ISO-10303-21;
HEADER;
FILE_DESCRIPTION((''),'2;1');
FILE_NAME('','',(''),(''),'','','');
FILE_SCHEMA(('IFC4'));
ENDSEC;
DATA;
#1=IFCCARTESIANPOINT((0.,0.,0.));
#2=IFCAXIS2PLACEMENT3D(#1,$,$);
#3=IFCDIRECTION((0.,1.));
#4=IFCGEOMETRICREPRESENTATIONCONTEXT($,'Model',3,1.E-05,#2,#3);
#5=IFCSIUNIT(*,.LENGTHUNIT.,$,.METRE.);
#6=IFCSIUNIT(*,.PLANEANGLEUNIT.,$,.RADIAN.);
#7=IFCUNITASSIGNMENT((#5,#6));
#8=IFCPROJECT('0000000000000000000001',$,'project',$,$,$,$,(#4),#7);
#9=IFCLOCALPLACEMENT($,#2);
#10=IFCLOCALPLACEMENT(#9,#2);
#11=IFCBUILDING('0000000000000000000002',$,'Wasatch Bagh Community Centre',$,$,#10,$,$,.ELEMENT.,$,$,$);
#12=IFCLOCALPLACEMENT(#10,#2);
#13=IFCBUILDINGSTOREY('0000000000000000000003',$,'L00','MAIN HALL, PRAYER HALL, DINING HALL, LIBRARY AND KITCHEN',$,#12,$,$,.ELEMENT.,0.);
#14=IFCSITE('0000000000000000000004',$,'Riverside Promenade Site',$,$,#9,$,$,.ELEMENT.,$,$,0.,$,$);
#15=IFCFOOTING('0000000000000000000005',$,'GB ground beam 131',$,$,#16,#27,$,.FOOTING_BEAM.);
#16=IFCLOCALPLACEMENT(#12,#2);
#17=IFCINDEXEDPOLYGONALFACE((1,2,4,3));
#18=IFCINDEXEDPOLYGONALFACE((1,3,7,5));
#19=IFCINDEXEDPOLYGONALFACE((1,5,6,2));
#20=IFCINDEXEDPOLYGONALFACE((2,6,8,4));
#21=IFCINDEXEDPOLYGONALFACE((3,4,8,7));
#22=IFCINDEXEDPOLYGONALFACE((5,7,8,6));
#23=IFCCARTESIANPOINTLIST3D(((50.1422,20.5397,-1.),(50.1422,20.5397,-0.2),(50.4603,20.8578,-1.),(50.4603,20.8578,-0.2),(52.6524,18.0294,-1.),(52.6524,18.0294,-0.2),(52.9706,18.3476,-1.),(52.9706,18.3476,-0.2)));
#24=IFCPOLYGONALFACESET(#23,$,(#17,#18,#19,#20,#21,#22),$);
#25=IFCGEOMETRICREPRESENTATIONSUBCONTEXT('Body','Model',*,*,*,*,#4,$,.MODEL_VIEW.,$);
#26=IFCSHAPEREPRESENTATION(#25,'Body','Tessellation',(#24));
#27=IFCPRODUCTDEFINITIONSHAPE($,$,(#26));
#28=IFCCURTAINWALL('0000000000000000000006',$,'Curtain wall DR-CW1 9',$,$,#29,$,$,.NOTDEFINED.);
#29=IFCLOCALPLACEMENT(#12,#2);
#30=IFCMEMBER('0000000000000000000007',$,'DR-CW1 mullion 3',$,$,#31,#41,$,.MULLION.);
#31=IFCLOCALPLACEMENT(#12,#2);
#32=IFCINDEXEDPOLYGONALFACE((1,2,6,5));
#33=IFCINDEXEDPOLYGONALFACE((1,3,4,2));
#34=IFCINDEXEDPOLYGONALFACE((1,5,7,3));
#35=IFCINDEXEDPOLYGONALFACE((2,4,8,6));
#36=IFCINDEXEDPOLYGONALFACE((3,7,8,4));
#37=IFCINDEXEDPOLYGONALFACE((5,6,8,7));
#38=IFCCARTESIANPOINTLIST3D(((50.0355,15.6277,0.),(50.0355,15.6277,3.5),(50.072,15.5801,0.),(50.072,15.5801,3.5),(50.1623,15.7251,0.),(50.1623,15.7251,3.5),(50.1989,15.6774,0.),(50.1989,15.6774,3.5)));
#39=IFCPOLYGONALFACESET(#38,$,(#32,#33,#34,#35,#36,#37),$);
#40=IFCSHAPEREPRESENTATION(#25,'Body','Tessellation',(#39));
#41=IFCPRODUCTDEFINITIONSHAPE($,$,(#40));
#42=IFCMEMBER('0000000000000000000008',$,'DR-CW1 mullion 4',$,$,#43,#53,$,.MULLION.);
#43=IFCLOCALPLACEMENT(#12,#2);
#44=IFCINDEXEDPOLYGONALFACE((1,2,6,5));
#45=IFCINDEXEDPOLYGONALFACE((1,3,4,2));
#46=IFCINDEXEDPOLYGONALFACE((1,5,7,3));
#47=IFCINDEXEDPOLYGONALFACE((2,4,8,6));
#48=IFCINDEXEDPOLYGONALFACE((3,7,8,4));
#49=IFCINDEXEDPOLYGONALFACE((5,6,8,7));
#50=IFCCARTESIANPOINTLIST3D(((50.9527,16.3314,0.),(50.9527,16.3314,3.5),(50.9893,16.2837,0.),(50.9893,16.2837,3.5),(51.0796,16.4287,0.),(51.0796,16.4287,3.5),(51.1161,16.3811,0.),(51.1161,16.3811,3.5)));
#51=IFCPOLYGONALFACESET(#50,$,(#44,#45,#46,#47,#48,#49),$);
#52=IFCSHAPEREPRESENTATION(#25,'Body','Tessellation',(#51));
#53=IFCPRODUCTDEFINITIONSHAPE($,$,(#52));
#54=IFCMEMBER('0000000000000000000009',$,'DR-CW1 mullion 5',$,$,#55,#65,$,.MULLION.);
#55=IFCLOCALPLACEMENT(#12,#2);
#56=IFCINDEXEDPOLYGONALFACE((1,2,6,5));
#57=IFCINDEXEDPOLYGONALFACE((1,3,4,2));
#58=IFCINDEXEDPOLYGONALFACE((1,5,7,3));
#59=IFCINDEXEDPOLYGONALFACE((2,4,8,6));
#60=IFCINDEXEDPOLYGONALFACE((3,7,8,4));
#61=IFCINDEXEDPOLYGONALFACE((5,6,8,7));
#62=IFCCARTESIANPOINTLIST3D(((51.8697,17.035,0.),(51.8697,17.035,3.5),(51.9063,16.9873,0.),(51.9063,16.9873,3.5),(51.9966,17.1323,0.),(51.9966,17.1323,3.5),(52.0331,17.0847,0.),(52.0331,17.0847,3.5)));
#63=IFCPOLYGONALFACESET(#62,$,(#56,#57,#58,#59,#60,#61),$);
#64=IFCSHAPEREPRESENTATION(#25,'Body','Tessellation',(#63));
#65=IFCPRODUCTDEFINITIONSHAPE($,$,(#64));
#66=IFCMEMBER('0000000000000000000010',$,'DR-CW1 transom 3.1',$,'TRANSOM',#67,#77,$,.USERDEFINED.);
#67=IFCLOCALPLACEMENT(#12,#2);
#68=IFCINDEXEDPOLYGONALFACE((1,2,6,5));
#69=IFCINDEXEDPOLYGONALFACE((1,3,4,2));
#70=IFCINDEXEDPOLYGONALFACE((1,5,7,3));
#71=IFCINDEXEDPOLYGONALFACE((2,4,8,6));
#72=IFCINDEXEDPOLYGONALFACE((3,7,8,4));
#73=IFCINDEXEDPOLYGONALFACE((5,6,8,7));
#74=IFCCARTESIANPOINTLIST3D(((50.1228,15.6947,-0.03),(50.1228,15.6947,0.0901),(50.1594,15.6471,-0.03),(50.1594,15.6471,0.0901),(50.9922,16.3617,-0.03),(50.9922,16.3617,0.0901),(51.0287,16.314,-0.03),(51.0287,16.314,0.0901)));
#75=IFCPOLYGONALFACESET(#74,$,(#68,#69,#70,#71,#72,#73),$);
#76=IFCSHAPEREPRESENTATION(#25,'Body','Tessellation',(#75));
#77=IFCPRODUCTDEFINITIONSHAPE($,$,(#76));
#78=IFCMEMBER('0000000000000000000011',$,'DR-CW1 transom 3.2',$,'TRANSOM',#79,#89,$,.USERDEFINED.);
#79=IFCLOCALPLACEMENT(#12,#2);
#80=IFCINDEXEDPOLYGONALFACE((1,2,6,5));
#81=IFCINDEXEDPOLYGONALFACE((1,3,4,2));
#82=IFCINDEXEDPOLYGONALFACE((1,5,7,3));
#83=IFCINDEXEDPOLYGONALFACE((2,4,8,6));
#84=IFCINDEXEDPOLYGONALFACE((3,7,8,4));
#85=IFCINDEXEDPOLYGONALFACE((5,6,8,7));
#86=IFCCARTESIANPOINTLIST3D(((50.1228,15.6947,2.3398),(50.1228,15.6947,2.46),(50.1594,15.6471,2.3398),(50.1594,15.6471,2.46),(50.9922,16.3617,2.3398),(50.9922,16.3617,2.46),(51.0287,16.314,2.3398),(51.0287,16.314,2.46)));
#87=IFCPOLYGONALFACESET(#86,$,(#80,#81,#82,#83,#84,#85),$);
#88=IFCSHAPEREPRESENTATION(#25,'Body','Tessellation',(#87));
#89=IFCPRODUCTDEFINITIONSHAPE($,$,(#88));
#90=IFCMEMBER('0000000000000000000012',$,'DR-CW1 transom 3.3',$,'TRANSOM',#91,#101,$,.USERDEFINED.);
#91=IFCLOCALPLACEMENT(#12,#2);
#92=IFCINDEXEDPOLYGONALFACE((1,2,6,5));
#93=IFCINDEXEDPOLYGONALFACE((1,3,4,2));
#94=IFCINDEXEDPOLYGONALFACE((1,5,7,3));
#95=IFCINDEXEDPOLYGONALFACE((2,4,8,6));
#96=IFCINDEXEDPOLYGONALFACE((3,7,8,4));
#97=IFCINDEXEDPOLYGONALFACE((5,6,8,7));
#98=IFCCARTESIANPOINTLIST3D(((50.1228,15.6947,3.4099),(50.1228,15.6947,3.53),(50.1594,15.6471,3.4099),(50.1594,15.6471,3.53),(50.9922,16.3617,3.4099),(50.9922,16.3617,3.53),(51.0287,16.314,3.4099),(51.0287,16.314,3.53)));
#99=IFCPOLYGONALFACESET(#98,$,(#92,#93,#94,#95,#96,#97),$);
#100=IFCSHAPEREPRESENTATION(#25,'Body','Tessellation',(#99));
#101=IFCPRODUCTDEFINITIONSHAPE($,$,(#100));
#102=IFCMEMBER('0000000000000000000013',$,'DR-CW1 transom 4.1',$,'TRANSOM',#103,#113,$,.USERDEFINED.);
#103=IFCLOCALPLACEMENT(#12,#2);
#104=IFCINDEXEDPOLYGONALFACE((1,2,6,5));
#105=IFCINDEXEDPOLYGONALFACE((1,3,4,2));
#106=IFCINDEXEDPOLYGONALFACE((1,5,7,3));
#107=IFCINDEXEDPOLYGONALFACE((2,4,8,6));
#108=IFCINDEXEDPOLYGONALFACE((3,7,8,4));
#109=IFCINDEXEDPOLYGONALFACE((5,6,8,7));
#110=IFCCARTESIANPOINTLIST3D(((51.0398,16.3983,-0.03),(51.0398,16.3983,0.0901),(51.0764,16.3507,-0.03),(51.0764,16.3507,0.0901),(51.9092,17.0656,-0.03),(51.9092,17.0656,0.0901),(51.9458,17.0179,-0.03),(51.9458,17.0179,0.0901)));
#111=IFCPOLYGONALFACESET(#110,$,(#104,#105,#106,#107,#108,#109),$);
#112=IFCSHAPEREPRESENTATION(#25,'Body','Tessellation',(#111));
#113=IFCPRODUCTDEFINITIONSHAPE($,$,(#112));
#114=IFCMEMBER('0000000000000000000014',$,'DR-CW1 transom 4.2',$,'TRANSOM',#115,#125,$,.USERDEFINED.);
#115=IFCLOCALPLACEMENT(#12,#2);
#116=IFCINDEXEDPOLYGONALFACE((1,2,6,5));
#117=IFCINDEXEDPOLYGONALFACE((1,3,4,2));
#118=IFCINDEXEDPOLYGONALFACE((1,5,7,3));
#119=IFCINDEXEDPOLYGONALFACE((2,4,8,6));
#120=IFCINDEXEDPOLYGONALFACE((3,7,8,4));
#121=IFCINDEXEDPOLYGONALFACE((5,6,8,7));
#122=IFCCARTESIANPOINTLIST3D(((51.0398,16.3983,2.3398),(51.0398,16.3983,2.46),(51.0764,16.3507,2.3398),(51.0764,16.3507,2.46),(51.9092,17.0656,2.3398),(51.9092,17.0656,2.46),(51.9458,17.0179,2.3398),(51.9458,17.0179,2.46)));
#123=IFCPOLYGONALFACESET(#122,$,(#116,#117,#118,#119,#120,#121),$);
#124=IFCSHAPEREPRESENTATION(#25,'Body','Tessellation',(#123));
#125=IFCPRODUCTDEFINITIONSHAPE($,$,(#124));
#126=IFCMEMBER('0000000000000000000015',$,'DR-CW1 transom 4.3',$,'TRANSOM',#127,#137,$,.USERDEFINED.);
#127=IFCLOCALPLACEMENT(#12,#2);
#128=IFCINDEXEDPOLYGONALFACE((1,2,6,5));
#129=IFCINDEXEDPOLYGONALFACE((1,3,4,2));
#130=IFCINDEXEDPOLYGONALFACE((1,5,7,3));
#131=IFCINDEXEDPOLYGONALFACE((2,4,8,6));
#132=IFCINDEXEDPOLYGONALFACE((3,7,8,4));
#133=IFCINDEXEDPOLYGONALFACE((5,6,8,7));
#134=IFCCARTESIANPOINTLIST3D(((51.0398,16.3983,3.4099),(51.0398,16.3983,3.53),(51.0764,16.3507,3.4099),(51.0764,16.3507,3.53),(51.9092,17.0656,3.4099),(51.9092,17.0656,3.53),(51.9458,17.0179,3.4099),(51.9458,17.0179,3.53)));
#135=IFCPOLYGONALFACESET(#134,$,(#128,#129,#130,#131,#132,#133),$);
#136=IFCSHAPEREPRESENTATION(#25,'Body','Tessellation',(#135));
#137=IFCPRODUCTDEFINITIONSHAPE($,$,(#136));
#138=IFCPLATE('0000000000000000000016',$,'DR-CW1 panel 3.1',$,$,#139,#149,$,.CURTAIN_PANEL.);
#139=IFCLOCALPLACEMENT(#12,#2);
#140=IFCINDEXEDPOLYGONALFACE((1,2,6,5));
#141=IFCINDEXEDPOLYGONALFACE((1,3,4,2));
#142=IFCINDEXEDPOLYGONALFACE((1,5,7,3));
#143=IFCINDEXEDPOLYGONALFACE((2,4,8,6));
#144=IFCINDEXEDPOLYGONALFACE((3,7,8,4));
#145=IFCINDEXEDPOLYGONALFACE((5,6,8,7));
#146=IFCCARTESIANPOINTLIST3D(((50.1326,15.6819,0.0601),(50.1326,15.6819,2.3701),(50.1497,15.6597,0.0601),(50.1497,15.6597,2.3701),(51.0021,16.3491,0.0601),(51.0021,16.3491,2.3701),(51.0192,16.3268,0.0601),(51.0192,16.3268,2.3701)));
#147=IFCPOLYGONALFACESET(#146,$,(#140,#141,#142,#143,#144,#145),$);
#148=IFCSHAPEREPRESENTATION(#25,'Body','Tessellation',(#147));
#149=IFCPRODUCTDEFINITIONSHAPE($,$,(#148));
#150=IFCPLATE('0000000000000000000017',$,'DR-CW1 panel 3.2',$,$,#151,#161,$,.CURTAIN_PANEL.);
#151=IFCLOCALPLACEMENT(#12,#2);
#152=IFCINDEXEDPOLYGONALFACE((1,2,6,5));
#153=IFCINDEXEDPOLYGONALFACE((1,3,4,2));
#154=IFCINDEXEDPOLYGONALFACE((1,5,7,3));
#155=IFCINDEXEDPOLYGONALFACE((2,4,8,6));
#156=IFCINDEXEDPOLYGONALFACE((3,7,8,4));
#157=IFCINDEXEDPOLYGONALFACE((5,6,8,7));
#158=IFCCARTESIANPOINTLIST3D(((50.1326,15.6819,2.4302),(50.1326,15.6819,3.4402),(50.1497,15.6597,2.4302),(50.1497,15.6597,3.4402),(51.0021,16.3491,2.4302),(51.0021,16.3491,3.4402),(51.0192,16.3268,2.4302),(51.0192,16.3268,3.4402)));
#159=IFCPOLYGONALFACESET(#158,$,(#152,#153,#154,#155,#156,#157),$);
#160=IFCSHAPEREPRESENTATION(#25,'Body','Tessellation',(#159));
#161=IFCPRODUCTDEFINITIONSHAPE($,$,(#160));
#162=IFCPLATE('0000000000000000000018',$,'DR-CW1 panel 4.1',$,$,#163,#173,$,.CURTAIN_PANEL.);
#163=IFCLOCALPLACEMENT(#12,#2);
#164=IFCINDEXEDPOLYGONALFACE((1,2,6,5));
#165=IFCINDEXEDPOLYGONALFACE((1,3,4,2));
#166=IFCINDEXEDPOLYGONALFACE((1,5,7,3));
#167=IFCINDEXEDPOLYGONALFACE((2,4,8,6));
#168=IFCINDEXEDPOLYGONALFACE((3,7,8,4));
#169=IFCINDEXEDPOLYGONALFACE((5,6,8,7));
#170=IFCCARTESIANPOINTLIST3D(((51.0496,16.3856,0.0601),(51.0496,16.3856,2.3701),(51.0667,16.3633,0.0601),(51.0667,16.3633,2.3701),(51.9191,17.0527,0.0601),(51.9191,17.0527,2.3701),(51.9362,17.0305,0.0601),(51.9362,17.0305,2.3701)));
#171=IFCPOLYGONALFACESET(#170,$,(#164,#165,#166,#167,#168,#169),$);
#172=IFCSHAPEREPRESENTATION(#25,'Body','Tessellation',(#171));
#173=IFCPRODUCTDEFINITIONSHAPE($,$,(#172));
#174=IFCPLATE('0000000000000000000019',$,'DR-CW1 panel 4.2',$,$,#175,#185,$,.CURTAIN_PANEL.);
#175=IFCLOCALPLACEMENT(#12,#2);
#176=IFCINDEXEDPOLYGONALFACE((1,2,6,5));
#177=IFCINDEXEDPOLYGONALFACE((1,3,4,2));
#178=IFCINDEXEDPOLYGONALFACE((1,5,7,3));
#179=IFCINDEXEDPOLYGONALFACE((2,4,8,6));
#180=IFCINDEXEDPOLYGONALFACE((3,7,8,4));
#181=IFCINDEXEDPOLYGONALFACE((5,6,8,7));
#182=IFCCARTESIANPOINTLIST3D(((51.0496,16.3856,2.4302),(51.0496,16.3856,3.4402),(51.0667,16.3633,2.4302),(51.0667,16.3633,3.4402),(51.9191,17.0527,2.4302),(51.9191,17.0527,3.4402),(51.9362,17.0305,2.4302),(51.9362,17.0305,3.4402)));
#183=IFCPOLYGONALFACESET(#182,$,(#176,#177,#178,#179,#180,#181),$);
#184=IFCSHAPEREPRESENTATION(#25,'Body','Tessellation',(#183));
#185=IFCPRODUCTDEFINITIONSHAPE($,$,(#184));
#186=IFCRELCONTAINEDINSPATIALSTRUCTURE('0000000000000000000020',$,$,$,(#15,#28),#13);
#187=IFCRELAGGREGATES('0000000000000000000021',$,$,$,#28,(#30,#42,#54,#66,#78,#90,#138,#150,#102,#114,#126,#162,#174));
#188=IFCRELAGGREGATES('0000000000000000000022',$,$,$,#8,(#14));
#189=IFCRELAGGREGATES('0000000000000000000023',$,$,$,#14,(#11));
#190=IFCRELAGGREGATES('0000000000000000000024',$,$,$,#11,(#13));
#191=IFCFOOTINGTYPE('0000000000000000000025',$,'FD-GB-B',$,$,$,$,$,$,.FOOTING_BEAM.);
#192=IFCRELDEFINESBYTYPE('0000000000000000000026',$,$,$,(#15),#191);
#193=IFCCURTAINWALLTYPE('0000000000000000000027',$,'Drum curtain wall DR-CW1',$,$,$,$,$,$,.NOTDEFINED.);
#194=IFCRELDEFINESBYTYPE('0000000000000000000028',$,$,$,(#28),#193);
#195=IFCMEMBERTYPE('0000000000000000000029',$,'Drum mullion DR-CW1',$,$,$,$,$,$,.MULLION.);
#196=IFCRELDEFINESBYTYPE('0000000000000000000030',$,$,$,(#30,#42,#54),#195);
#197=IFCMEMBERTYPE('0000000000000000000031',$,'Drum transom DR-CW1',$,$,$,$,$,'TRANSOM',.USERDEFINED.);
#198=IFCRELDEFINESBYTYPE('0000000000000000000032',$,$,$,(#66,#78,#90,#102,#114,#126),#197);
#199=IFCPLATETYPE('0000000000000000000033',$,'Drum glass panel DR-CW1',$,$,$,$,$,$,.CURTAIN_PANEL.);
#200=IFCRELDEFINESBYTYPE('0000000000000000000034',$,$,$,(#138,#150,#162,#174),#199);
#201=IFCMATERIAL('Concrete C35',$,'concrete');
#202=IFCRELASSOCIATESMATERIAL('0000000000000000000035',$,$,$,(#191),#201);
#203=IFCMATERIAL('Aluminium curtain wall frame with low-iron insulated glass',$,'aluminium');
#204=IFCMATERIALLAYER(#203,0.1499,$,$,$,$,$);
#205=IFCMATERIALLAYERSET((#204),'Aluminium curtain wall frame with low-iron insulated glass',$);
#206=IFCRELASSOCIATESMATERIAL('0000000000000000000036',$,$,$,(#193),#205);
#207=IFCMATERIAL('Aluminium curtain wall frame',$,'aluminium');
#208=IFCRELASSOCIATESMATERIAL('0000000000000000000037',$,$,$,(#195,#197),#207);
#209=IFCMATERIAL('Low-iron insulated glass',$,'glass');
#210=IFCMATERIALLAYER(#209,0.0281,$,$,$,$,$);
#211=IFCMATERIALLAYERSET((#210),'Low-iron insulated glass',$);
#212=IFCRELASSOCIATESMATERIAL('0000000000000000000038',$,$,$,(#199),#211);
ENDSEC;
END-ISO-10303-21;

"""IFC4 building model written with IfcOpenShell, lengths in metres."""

from ifc_helpers import new_model, si_unit, direction, frame, origin, origin_2d, place, context, subcontext, project, spatial, rectangle, extrude, material, layer, layer_set, material_profile, profile_set, type_object, element, aggregate, save


model = new_model("IFC4")

# Units and contexts
model_context = context("Model", 3, precision=1e-05, world=origin(), true_north=direction((0.0, 1.0)))
body_context = subcontext(model_context, "Body", "Model", "MODEL_VIEW")
ifc_project = project(units=[si_unit("LENGTHUNIT", "METRE"), si_unit("PLANEANGLEUNIT", "RADIAN")], contexts=[model_context])

# Site, building, storey
site_placement = place(None, origin())
site = spatial("IfcSite", under=ifc_project, at=site_placement, Name="Riverside Promenade Site", CompositionType="ELEMENT", RefElevation=0.0)
building_placement = place(site_placement, origin())
building = spatial("IfcBuilding", under=site, at=building_placement, Name="Wasatch Bagh Community Centre", CompositionType="ELEMENT")
storey_placement = place(building_placement, origin())
storey = spatial("IfcBuildingStorey", under=building, at=storey_placement, Name="L00", Description="MAIN HALL, PRAYER HALL, DINING HALL, LIBRARY AND KITCHEN", CompositionType="ELEMENT", Elevation=0.0)

# Footing
ifc_material_1 = material(Name="Concrete C35", Category="concrete")
footing_type = type_object("IfcFootingType", Name="FD-GB-B", PredefinedType="FOOTING_BEAM", material=ifc_material_1)
footing_placement = place(storey_placement, frame((51.5564, 19.4436, -1.0), z_axis=(0.0, 0.0, 1.0), x_axis=(0.707107, -0.707107, 0.0)))
element("IfcFooting", 1, at=footing_placement, inside=storey, type_object=footing_type, Name="GB ground beam 131", PredefinedType="FOOTING_BEAM", context=body_context, shape_type="SweptSolid", body=[
    extrude(rectangle(XDim=3.55, YDim=0.45, at=origin_2d()), origin(), (0.0, 0.0, 1.0), 0.8),
])

# Curtain wall, members, plates
ifc_material_2 = material(Name="Aluminium curtain wall frame with low-iron insulated glass", Category="aluminium")
ifc_layer_1 = layer(ifc_material_2, 0.1499)
ifc_layer_set_1 = layer_set([ifc_layer_1], Name="Aluminium curtain wall frame with low-iron insulated glass")
curtain_wall_type = type_object("IfcCurtainWallType", Name="Drum curtain wall DR-CW1", PredefinedType="NOTDEFINED", material=ifc_layer_set_1)
curtain_wall_placement = place(storey_placement, origin())
curtain_wall = element("IfcCurtainWall", 2, at=curtain_wall_placement, inside=storey, type_object=curtain_wall_type, Name="Curtain wall DR-CW1 9", PredefinedType="NOTDEFINED")
ifc_material_3 = material(Name="Aluminium curtain wall frame", Category="aluminium")
ifc_material_profile_1 = material_profile(ifc_material_3, rectangle(XDim=0.0601, YDim=0.1599, at=origin_2d()), Name="Drum mullion DR-CW1")
ifc_profile_set_1 = profile_set([ifc_material_profile_1], Name="Aluminium curtain wall frame")
member_type_1 = type_object("IfcMemberType", Name="Drum mullion DR-CW1", PredefinedType="MULLION", material=ifc_profile_set_1)
member_1_placement = place(storey_placement, frame((50.1172, 15.6526, 0.0), z_axis=(0.0, 0.0, 1.0), x_axis=(-0.608761, 0.793353, 0.0)))
member_1 = element("IfcMember", 3, at=member_1_placement, type_object=member_type_1, Name="DR-CW1 mullion 3", PredefinedType="MULLION", context=body_context, shape_type="SweptSolid", body=[
    extrude(rectangle(XDim=0.0601, YDim=0.1599, at=origin_2d()), origin(), (0.0, 0.0, 1.0), 3.5),
])
member_2_placement = place(storey_placement, frame((51.0344, 16.3562, 0.0), z_axis=(0.0, 0.0, 1.0), x_axis=(-0.608761, 0.793353, 0.0)))
member_2 = element("IfcMember", 4, at=member_2_placement, type_object=member_type_1, Name="DR-CW1 mullion 4", PredefinedType="MULLION", context=body_context, shape_type="SweptSolid", body=[
    extrude(rectangle(XDim=0.0601, YDim=0.1599, at=origin_2d()), origin(), (0.0, 0.0, 1.0), 3.5),
])
member_3_placement = place(storey_placement, frame((51.9514, 17.0598, 0.0), z_axis=(0.0, 0.0, 1.0), x_axis=(-0.608761, 0.793353, 0.0)))
member_3 = element("IfcMember", 5, at=member_3_placement, type_object=member_type_1, Name="DR-CW1 mullion 5", PredefinedType="MULLION", context=body_context, shape_type="SweptSolid", body=[
    extrude(rectangle(XDim=0.0601, YDim=0.1599, at=origin_2d()), origin(), (0.0, 0.0, 1.0), 3.5),
])
ifc_material_profile_2 = material_profile(ifc_material_3, rectangle(XDim=0.0601, YDim=0.1201, at=origin_2d()), Name="Drum transom DR-CW1")
ifc_profile_set_2 = profile_set([ifc_material_profile_2], Name="Aluminium curtain wall frame")
member_type_2 = type_object("IfcMemberType", Name="Drum transom DR-CW1", ElementType="TRANSOM", PredefinedType="USERDEFINED", material=ifc_profile_set_2)
member_4_placement = place(storey_placement, frame((50.1411, 15.6709, 0.03), z_axis=(0.793402, 0.608698, 0.0), x_axis=(-0.608698, 0.793402, 0.0)))
member_4 = element("IfcMember", 6, at=member_4_placement, type_object=member_type_2, Name="DR-CW1 transom 3.1", ObjectType="TRANSOM", PredefinedType="USERDEFINED", context=body_context, shape_type="SweptSolid", body=[
    extrude(rectangle(XDim=0.0601, YDim=0.1201, at=origin_2d()), origin(), (0.0, 0.0, 1.0), 1.0957),
])
member_5_placement = place(storey_placement, frame((50.1411, 15.6709, 2.3999), z_axis=(0.793402, 0.608698, 0.0), x_axis=(-0.608698, 0.793402, 0.0)))
member_5 = element("IfcMember", 7, at=member_5_placement, type_object=member_type_2, Name="DR-CW1 transom 3.2", ObjectType="TRANSOM", PredefinedType="USERDEFINED", context=body_context, shape_type="SweptSolid", body=[
    extrude(rectangle(XDim=0.0601, YDim=0.1201, at=origin_2d()), origin(), (0.0, 0.0, 1.0), 1.0957),
])
member_6_placement = place(storey_placement, frame((50.1411, 15.6709, 3.47), z_axis=(0.793402, 0.608698, 0.0), x_axis=(-0.608698, 0.793402, 0.0)))
member_6 = element("IfcMember", 8, at=member_6_placement, type_object=member_type_2, Name="DR-CW1 transom 3.3", ObjectType="TRANSOM", PredefinedType="USERDEFINED", context=body_context, shape_type="SweptSolid", body=[
    extrude(rectangle(XDim=0.0601, YDim=0.1201, at=origin_2d()), origin(), (0.0, 0.0, 1.0), 1.0957),
])
member_7_placement = place(storey_placement, frame((51.0581, 16.3745, 0.03), z_axis=(0.793294, 0.608838, 0.0), x_axis=(-0.608838, 0.793294, 0.0)))
member_7 = element("IfcMember", 9, at=member_7_placement, type_object=member_type_2, Name="DR-CW1 transom 4.1", ObjectType="TRANSOM", PredefinedType="USERDEFINED", context=body_context, shape_type="SweptSolid", body=[
    extrude(rectangle(XDim=0.0601, YDim=0.1201, at=origin_2d()), origin(), (0.0, 0.0, 1.0), 1.0959),
])
member_8_placement = place(storey_placement, frame((51.0581, 16.3745, 2.3999), z_axis=(0.793294, 0.608838, 0.0), x_axis=(-0.608838, 0.793294, 0.0)))
member_8 = element("IfcMember", 10, at=member_8_placement, type_object=member_type_2, Name="DR-CW1 transom 4.2", ObjectType="TRANSOM", PredefinedType="USERDEFINED", context=body_context, shape_type="SweptSolid", body=[
    extrude(rectangle(XDim=0.0601, YDim=0.1201, at=origin_2d()), origin(), (0.0, 0.0, 1.0), 1.0959),
])
member_9_placement = place(storey_placement, frame((51.0581, 16.3745, 3.47), z_axis=(0.793294, 0.608838, 0.0), x_axis=(-0.608838, 0.793294, 0.0)))
member_9 = element("IfcMember", 11, at=member_9_placement, type_object=member_type_2, Name="DR-CW1 transom 4.3", ObjectType="TRANSOM", PredefinedType="USERDEFINED", context=body_context, shape_type="SweptSolid", body=[
    extrude(rectangle(XDim=0.0601, YDim=0.1201, at=origin_2d()), origin(), (0.0, 0.0, 1.0), 1.0959),
])
ifc_material_4 = material(Name="Low-iron insulated glass", Category="glass")
ifc_layer_2 = layer(ifc_material_4, 0.0281)
ifc_layer_set_2 = layer_set([ifc_layer_2], Name="Low-iron insulated glass")
plate_type = type_object("IfcPlateType", Name="Drum glass panel DR-CW1", PredefinedType="CURTAIN_PANEL", material=ifc_layer_set_2)
plate_1_placement = place(storey_placement, frame((50.5759, 16.0044, 0.0601), z_axis=(0.0, 0.0, 1.0), x_axis=(0.793353, 0.608761, 0.0)))
plate_1 = element("IfcPlate", 12, at=plate_1_placement, type_object=plate_type, Name="DR-CW1 panel 3.1", PredefinedType="CURTAIN_PANEL", context=body_context, shape_type="SweptSolid", body=[
    extrude(rectangle(XDim=1.0959, YDim=0.0281, at=origin_2d()), origin(), (0.0, 0.0, 1.0), 2.3101),
])
plate_2_placement = place(storey_placement, frame((50.5759, 16.0044, 2.4302), z_axis=(0.0, 0.0, 1.0), x_axis=(0.793353, 0.608761, 0.0)))
plate_2 = element("IfcPlate", 13, at=plate_2_placement, type_object=plate_type, Name="DR-CW1 panel 3.2", PredefinedType="CURTAIN_PANEL", context=body_context, shape_type="SweptSolid", body=[
    extrude(rectangle(XDim=1.0959, YDim=0.0281, at=origin_2d()), origin(), (0.0, 0.0, 1.0), 1.01),
])
plate_3_placement = place(storey_placement, frame((51.4929, 16.708, 0.0601), z_axis=(0.0, 0.0, 1.0), x_axis=(0.793353, 0.608761, 0.0)))
plate_3 = element("IfcPlate", 14, at=plate_3_placement, type_object=plate_type, Name="DR-CW1 panel 4.1", PredefinedType="CURTAIN_PANEL", context=body_context, shape_type="SweptSolid", body=[
    extrude(rectangle(XDim=1.0959, YDim=0.0281, at=origin_2d()), origin(), (0.0, 0.0, 1.0), 2.3101),
])
plate_4_placement = place(storey_placement, frame((51.4929, 16.708, 2.4302), z_axis=(0.0, 0.0, 1.0), x_axis=(0.793353, 0.608761, 0.0)))
plate_4 = element("IfcPlate", 15, at=plate_4_placement, type_object=plate_type, Name="DR-CW1 panel 4.2", PredefinedType="CURTAIN_PANEL", context=body_context, shape_type="SweptSolid", body=[
    extrude(rectangle(XDim=1.0959, YDim=0.0281, at=origin_2d()), origin(), (0.0, 0.0, 1.0), 1.01),
])
aggregate(curtain_wall, [member_1, member_2, member_3, member_4, member_5, member_6, plate_1, plate_2, member_7, member_8, member_9, plate_3, plate_4])

save(model, "model.ifc")
